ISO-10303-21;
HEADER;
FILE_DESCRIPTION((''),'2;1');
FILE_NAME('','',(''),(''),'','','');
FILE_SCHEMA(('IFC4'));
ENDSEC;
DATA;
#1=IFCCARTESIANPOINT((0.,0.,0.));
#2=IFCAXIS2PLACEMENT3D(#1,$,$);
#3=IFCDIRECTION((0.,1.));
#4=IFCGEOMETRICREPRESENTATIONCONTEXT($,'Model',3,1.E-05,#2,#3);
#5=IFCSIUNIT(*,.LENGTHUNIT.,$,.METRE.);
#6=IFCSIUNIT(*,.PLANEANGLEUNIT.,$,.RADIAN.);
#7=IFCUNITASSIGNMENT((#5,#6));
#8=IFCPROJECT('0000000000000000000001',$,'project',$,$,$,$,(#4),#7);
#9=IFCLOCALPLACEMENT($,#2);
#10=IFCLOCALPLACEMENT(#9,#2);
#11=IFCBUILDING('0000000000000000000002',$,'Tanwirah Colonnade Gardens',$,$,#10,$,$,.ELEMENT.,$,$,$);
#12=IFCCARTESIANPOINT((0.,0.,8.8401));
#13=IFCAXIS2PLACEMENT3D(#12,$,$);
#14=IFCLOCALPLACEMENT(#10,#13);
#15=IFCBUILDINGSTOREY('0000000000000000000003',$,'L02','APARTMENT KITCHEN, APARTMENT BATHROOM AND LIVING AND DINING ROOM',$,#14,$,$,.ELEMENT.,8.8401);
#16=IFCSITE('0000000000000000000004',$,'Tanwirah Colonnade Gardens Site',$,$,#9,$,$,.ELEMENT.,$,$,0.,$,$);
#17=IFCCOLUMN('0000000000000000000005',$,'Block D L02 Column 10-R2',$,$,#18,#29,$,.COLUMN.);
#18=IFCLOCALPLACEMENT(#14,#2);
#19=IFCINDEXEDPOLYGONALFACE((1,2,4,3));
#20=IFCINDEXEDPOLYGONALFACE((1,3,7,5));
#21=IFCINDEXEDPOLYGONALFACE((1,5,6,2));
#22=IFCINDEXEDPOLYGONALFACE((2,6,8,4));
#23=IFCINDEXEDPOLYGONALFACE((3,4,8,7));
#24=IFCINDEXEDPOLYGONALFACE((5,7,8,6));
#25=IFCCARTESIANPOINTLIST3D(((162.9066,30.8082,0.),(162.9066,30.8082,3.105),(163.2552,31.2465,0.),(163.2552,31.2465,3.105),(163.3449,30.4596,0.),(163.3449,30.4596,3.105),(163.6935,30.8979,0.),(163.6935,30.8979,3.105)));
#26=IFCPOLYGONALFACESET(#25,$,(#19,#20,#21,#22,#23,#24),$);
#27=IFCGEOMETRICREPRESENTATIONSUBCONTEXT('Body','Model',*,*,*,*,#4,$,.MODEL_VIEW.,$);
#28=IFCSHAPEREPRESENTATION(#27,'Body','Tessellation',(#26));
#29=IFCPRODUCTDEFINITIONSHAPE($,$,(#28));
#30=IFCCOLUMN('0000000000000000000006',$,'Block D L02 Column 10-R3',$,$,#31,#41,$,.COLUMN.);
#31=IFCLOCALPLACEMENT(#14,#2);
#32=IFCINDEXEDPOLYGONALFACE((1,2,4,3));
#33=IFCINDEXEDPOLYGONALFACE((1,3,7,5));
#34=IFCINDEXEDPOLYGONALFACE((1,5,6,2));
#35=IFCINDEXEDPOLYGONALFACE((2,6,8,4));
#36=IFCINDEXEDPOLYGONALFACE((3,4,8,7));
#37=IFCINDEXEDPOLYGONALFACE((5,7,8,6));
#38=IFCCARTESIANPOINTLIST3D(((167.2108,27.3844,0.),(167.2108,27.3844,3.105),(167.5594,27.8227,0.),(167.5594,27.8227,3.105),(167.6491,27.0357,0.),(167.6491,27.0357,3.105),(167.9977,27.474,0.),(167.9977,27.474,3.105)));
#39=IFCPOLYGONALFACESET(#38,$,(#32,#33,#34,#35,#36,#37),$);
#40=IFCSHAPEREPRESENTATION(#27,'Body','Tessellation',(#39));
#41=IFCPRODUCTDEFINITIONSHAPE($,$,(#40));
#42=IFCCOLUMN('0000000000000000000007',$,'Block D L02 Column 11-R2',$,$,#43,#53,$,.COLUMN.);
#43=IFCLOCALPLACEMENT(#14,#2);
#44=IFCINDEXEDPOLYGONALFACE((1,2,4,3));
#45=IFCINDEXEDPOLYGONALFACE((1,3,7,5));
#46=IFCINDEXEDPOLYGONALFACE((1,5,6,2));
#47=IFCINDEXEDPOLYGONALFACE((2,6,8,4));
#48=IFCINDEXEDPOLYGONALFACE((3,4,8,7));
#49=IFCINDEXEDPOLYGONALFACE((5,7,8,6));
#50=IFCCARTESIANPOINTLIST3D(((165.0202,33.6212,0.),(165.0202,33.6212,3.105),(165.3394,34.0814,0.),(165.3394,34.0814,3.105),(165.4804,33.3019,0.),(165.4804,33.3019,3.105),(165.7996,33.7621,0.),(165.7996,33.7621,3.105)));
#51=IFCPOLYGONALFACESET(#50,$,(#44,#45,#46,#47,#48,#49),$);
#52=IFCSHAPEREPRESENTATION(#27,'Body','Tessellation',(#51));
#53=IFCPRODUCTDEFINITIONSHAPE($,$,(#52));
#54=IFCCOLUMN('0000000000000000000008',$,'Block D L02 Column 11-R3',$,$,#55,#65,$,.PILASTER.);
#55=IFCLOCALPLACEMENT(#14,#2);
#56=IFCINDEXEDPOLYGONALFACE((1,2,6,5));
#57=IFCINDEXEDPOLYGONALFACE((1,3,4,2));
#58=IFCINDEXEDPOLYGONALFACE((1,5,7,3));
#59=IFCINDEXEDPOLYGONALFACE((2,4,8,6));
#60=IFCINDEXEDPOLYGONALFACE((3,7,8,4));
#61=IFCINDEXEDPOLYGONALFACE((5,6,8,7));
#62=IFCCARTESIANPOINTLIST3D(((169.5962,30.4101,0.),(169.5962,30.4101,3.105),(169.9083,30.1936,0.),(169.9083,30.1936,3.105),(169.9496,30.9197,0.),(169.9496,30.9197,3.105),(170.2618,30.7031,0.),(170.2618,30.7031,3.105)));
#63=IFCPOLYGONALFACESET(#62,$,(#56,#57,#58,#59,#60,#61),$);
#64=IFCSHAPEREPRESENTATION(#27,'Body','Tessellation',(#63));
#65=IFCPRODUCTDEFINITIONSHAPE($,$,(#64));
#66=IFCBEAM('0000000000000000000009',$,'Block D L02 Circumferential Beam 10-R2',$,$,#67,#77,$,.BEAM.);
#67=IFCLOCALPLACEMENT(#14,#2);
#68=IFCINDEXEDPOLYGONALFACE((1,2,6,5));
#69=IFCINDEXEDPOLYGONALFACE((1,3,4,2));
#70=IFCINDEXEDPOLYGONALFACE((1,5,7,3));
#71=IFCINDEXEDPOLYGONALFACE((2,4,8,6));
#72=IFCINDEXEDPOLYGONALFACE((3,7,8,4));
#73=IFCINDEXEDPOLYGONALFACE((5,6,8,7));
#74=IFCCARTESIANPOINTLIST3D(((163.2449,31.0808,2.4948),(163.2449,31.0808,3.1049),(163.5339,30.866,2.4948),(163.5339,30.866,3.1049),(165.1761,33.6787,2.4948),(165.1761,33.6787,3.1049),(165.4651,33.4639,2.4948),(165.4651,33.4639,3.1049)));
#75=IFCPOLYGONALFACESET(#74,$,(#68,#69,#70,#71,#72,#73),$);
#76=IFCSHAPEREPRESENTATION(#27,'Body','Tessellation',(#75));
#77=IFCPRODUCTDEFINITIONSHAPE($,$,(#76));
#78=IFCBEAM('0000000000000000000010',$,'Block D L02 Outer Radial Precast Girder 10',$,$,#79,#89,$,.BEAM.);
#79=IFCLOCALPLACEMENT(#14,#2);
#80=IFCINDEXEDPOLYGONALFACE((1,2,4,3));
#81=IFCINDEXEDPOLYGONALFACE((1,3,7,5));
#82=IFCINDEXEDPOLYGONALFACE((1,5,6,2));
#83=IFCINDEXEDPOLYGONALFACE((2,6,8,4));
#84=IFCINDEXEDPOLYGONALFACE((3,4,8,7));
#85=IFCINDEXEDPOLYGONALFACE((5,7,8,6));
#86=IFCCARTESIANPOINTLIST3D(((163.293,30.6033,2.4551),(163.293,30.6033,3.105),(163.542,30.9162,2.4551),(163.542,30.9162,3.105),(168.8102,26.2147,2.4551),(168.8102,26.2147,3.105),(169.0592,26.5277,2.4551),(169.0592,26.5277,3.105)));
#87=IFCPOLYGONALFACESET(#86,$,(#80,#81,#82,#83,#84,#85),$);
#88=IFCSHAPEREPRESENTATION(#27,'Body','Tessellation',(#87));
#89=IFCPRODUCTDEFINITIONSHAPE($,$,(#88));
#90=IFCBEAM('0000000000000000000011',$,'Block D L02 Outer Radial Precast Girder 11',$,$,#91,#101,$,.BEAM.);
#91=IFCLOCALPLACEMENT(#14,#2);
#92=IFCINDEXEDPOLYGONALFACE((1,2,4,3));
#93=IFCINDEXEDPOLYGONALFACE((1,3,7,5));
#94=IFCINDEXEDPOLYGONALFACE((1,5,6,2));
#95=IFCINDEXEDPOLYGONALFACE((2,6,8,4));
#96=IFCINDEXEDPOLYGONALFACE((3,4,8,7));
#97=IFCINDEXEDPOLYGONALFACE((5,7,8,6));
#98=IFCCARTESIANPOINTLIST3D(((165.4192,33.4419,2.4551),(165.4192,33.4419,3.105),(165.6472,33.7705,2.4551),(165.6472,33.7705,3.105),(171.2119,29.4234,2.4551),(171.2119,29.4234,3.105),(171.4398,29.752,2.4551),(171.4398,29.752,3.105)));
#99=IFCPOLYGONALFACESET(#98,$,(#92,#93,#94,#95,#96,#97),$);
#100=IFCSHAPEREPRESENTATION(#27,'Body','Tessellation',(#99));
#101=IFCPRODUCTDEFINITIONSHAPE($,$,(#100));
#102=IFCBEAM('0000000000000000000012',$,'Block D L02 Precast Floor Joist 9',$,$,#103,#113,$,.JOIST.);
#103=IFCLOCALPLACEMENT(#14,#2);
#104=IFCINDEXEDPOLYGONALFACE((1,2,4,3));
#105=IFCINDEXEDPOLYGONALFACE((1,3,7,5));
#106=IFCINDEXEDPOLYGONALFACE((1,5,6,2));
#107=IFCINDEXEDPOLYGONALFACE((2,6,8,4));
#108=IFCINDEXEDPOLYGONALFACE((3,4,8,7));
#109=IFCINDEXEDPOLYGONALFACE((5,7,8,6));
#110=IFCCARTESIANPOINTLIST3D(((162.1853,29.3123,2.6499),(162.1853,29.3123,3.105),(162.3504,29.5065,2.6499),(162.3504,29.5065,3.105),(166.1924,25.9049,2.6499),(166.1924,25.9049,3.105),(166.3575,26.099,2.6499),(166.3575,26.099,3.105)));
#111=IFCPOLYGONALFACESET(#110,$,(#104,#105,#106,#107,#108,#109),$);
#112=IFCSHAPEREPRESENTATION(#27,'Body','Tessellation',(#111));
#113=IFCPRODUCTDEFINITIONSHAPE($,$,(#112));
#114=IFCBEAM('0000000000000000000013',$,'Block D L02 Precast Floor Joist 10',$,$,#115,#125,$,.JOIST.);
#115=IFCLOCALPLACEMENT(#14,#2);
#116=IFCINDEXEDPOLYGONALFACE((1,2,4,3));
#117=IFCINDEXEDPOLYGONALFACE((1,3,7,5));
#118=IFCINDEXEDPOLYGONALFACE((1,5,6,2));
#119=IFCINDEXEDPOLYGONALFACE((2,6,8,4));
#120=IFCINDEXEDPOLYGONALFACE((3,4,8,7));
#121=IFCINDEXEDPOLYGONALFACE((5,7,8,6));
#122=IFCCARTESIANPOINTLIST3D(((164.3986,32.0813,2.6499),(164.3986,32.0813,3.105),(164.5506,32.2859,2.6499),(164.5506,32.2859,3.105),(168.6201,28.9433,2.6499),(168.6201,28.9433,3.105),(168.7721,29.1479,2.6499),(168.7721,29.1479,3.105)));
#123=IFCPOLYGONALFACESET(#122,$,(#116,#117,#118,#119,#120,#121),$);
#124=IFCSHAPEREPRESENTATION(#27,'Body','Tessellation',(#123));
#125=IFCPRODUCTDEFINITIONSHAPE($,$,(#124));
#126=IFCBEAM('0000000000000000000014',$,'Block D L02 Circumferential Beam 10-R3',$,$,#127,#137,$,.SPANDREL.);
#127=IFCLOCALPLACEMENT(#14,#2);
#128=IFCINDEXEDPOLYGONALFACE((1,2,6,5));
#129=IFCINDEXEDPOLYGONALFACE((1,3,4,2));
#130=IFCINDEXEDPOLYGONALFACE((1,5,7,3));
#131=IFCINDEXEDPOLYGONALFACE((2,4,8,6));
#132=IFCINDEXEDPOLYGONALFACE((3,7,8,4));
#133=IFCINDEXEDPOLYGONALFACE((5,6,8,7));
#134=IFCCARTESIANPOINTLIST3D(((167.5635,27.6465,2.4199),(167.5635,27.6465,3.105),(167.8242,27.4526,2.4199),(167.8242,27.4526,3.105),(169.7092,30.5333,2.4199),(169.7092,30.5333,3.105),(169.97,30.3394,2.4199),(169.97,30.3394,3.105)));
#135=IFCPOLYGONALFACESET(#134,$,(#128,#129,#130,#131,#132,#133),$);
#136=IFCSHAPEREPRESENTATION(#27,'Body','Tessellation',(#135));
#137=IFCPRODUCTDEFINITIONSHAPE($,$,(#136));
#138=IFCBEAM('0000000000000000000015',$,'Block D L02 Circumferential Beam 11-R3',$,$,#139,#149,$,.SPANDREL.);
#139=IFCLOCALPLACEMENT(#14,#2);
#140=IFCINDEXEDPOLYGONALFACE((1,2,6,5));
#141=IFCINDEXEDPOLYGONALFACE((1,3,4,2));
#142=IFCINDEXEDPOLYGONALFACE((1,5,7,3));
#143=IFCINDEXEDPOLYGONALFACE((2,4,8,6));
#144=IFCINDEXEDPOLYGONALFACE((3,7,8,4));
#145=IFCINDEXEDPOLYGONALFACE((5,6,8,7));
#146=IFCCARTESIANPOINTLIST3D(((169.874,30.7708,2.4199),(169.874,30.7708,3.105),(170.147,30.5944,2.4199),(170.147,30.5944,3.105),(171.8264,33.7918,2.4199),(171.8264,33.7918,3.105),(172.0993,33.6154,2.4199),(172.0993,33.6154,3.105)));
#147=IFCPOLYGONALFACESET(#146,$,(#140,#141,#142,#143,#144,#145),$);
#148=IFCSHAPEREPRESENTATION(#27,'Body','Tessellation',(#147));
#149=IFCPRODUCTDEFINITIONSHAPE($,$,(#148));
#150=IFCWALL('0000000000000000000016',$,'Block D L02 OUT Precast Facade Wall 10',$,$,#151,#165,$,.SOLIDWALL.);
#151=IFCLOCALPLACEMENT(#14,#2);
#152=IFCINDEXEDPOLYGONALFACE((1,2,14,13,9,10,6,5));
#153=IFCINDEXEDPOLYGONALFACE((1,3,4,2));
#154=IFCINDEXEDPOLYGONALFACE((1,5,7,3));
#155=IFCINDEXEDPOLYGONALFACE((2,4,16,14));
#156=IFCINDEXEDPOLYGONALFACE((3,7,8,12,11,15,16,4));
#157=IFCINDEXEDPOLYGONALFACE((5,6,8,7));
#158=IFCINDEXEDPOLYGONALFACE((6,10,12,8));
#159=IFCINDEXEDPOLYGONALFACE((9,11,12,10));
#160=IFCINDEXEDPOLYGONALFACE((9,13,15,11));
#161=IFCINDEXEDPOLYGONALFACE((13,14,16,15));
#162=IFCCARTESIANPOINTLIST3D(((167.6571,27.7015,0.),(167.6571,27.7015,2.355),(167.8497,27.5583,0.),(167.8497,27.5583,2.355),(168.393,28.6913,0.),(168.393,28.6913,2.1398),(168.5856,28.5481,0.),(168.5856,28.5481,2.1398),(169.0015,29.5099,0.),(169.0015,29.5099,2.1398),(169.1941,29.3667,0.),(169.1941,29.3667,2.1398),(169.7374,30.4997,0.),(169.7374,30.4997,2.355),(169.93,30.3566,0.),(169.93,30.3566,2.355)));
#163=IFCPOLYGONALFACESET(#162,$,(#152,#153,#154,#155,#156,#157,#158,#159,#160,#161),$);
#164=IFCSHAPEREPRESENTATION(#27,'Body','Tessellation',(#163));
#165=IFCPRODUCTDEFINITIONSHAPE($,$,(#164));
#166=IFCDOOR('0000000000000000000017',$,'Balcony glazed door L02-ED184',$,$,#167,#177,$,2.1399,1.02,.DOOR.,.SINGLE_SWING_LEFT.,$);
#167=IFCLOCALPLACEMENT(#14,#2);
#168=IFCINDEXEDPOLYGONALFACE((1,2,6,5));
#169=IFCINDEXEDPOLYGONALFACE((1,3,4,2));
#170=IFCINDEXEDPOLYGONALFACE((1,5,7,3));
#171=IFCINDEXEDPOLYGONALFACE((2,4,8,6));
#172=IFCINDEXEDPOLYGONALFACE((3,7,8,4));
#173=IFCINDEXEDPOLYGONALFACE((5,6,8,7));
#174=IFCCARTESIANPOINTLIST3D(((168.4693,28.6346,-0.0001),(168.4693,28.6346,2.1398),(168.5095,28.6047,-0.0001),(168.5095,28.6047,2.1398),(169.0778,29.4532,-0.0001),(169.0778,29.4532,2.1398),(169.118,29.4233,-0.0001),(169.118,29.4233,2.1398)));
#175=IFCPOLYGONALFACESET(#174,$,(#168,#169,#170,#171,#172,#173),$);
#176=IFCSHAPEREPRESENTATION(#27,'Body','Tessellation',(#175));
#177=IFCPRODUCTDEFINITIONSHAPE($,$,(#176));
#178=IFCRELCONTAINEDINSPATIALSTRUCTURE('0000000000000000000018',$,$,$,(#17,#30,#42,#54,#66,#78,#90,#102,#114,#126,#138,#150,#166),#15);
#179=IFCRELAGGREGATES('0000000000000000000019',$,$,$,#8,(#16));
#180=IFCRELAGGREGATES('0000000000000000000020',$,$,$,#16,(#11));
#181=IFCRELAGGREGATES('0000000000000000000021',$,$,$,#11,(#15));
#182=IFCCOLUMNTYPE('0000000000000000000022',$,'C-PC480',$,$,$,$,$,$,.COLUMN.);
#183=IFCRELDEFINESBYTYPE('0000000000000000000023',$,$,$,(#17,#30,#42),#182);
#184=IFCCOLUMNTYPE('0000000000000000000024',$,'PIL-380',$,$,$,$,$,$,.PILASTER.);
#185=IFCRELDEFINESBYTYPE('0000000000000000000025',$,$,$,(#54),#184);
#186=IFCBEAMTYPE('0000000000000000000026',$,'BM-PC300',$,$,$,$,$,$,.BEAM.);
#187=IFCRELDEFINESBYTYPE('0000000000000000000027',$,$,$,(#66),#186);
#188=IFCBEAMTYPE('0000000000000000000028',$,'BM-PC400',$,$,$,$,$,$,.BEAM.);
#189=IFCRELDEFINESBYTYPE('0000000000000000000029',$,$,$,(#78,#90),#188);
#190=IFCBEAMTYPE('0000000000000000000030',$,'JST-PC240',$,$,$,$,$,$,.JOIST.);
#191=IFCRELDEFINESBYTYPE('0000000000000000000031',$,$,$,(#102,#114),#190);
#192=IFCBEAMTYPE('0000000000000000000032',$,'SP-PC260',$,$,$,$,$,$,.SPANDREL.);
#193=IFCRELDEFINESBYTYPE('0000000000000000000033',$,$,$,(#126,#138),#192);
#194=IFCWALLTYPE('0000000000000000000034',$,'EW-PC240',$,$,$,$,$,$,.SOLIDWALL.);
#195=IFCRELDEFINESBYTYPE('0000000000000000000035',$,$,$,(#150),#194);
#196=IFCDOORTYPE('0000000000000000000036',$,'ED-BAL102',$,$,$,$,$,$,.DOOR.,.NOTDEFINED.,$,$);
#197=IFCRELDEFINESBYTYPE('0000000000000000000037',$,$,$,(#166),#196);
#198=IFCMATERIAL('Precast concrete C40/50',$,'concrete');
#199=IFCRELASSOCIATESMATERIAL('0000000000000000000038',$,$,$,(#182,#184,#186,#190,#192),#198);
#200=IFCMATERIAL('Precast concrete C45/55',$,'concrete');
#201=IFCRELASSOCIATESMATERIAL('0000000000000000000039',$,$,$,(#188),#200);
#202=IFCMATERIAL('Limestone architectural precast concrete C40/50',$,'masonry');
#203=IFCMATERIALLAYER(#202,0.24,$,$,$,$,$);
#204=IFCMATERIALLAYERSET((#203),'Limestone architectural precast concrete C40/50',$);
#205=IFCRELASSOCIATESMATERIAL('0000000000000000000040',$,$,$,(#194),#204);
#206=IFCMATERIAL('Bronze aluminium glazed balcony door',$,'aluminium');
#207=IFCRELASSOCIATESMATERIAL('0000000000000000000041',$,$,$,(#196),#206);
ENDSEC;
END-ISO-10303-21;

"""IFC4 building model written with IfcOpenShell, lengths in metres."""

from ifc_helpers import new_model, si_unit, direction, frame, frame_2d, origin, origin_2d, place, context, subcontext, project, spatial, rectangle, extrude, material, layer, layer_set, material_profile, profile_set, type_object, element, fill, save


model = new_model("IFC4")

# Units and contexts
model_context = context("Model", 3, precision=1e-05, world=origin(), true_north=direction((0.0, 1.0)))
body_context = subcontext(model_context, "Body", "Model", "MODEL_VIEW")
ifc_project = project(units=[si_unit("LENGTHUNIT", "METRE"), si_unit("PLANEANGLEUNIT", "RADIAN")], contexts=[model_context])

# Site, building, storey
site_placement = place(None, origin())
site = spatial("IfcSite", under=ifc_project, at=site_placement, Name="Tanwirah Colonnade Gardens Site", CompositionType="ELEMENT", RefElevation=0.0)
building_placement = place(site_placement, origin())
building = spatial("IfcBuilding", under=site, at=building_placement, Name="Tanwirah Colonnade Gardens", CompositionType="ELEMENT")
storey_placement = place(building_placement, frame((0.0, 0.0, 8.8401)))
storey = spatial("IfcBuildingStorey", under=building, at=storey_placement, Name="L02", Description="APARTMENT KITCHEN, APARTMENT BATHROOM AND LIVING AND DINING ROOM", CompositionType="ELEMENT", Elevation=8.8401)

# Columns
ifc_material_1 = material(Name="Precast concrete C40/50", Category="concrete")
ifc_material_profile_1 = material_profile(ifc_material_1, rectangle(XDim=0.5601, YDim=0.5601, at=origin_2d()), Name="PC-COL 560x560")
ifc_profile_set_1 = profile_set([ifc_material_profile_1], Name="Precast concrete C40/50")
column_type_1 = type_object("IfcColumnType", Name="C-PC480", PredefinedType="COLUMN", material=ifc_profile_set_1)
for number, where, z_axis, x_axis, name in (
    (1, (163.3, 30.853, 0.0), (0.0, 0.0, 1.0), (0.782608, -0.622515, 0.0), "Block D L02 Column 10-R2"),
    (2, (167.6042, 27.4292, 0.0), (0.0, 0.0, 1.0), (0.782608, -0.622515, 0.0), "Block D L02 Column 10-R3"),
    (3, (165.4099, 33.6917, 0.0), (0.0, 0.0, 1.0), (0.821647, -0.569997, 0.0), "Block D L02 Column 11-R2"),
):
    element("IfcColumn", number, at=place(storey_placement, frame(where, z_axis=z_axis, x_axis=x_axis)), inside=storey, type_object=column_type_1, Name=name, PredefinedType="COLUMN", context=body_context, shape_type="SweptSolid", body=[
        extrude(rectangle(XDim=0.5601, YDim=0.5601, at=origin_2d()), origin(), (0.0, 0.0, 1.0), 3.105),
    ])
ifc_material_profile_2 = material_profile(ifc_material_1, rectangle(XDim=0.3799, YDim=0.6201, at=origin_2d()), Name="PC-PIL 380x620")
ifc_profile_set_2 = profile_set([ifc_material_profile_2], Name="Precast concrete C40/50")
column_type_2 = type_object("IfcColumnType", Name="PIL-380", PredefinedType="PILASTER", material=ifc_profile_set_2)
column_placement = place(storey_placement, frame((169.929, 30.5566, 0.0), z_axis=(0.0, 0.0, 1.0), x_axis=(0.821647, -0.569997, 0.0)))
element("IfcColumn", 4, at=column_placement, inside=storey, type_object=column_type_2, Name="Block D L02 Column 11-R3", PredefinedType="PILASTER", context=body_context, shape_type="SweptSolid", body=[
    extrude(rectangle(XDim=0.3799, YDim=0.6201, at=origin_2d()), origin(), (0.0, 0.0, 1.0), 3.105),
])

# Beams
ifc_material_profile_3 = material_profile(ifc_material_1, rectangle(XDim=0.3601, YDim=0.6101, at=origin_2d()), Name="PC-BM 360x610")
ifc_profile_set_3 = profile_set([ifc_material_profile_3], Name="Precast concrete C40/50")
beam_type_1 = type_object("IfcBeamType", Name="BM-PC300", PredefinedType="BEAM", material=ifc_profile_set_3)
beam_1_placement = place(storey_placement, frame((163.3894, 30.9734, 2.7998), z_axis=(0.596579, 0.802554, 0.0), x_axis=(-0.802554, 0.596579, 0.0)))
element("IfcBeam", 5, at=beam_1_placement, inside=storey, type_object=beam_type_1, Name="Block D L02 Circumferential Beam 10-R2", PredefinedType="BEAM", context=body_context, shape_type="SweptSolid", body=[
    extrude(rectangle(XDim=0.3601, YDim=0.6101, at=origin_2d()), origin(), (0.0, 0.0, 1.0), 3.2371),
])
ifc_material_2 = material(Name="Precast concrete C45/55", Category="concrete")
ifc_material_profile_4 = material_profile(ifc_material_2, rectangle(XDim=0.3999, YDim=0.6499, at=origin_2d()), Name="PC-BM 400x650")
ifc_profile_set_4 = profile_set([ifc_material_profile_4], Name="Precast concrete C45/55")
beam_type_2 = type_object("IfcBeamType", Name="BM-PC400", PredefinedType="BEAM", material=ifc_profile_set_4)
beam_2_placement = place(storey_placement, frame((163.4175, 30.7598, 2.78), z_axis=(0.782609, -0.622513, 0.0), x_axis=(0.622513, 0.782609, 0.0)))
element("IfcBeam", 6, at=beam_2_placement, inside=storey, type_object=beam_type_2, Name="Block D L02 Outer Radial Precast Girder 10", PredefinedType="BEAM", context=body_context, shape_type="SweptSolid", body=[
    extrude(rectangle(XDim=0.3999, YDim=0.6499, at=origin_2d()), origin(), (0.0, 0.0, 1.0), 7.0498),
])
beam_3_placement = place(storey_placement, frame((165.5332, 33.6062, 2.78), z_axis=(0.821647, -0.569997, 0.0), x_axis=(0.569997, 0.821647, 0.0)))
element("IfcBeam", 7, at=beam_3_placement, inside=storey, type_object=beam_type_2, Name="Block D L02 Outer Radial Precast Girder 11", PredefinedType="BEAM", context=body_context, shape_type="SweptSolid", body=[
    extrude(rectangle(XDim=0.3999, YDim=0.6499, at=origin_2d()), origin(), (0.0, 0.0, 1.0), 7.05),
])
ifc_material_profile_5 = material_profile(ifc_material_1, rectangle(XDim=0.2549, YDim=0.4551, at=origin_2d()), Name="PC-JST 255x455")
ifc_profile_set_5 = profile_set([ifc_material_profile_5], Name="Precast concrete C40/50")
beam_type_3 = type_object("IfcBeamType", Name="JST-PC240", PredefinedType="JOIST", material=ifc_profile_set_5)
for number, where, z_axis, x_axis, name in (
    (8, (162.2678, 29.4094, 2.8774), (0.761803, -0.647809, 0.0), (0.647809, 0.761803, 0.0), "Block D L02 Precast Floor Joist 9"),
    (9, (164.4746, 32.1836, 2.8774), (0.80256, -0.596571, 0.0), (0.596571, 0.80256, 0.0), "Block D L02 Precast Floor Joist 10"),
):
    element("IfcBeam", number, at=place(storey_placement, frame(where, z_axis=z_axis, x_axis=x_axis)), inside=storey, type_object=beam_type_3, Name=name, PredefinedType="JOIST", context=body_context, shape_type="SweptSolid", body=[
        extrude(rectangle(XDim=0.2549, YDim=0.4551, at=origin_2d()), origin(), (0.0, 0.0, 1.0), 5.26),
    ])
ifc_material_profile_6 = material_profile(ifc_material_1, rectangle(XDim=0.325, YDim=0.6851, at=origin_2d()), Name="PC-SP 325x685")
ifc_profile_set_6 = profile_set([ifc_material_profile_6], Name="Precast concrete C40/50")
beam_type_4 = type_object("IfcBeamType", Name="SP-PC260", PredefinedType="SPANDREL", material=ifc_profile_set_6)
for number, where, z_axis, x_axis, name in (
    (10, (167.6938, 27.5496, 2.7625), (0.596563, 0.802566, 0.0), (-0.802566, 0.596563, 0.0), "Block D L02 Circumferential Beam 10-R3"),
    (11, (170.0105, 30.6826, 2.7625), (0.542787, 0.83987, 0.0), (-0.83987, 0.542787, 0.0), "Block D L02 Circumferential Beam 11-R3"),
):
    element("IfcBeam", number, at=place(storey_placement, frame(where, z_axis=z_axis, x_axis=x_axis)), inside=storey, type_object=beam_type_4, Name=name, PredefinedType="SPANDREL", context=body_context, shape_type="SweptSolid", body=[
        extrude(rectangle(XDim=0.325, YDim=0.6851, at=origin_2d()), origin(), (0.0, 0.0, 1.0), 3.5969),
    ])

# Wall, opening, door
ifc_material_3 = material(Name="Limestone architectural precast concrete C40/50", Category="masonry")
ifc_layer_1 = layer(ifc_material_3, 0.24)
ifc_layer_set_1 = layer_set([ifc_layer_1], Name="Limestone architectural precast concrete C40/50")
wall_type_1 = type_object("IfcWallType", Name="EW-PC240", PredefinedType="SOLIDWALL", material=ifc_layer_set_1)
wall_1_placement = place(storey_placement, frame((167.7534, 27.6299, 0.0), z_axis=(0.0, 0.0, 1.0), x_axis=(0.596611, 0.80253, 0.0)))
wall_1 = element("IfcWall", 12, at=wall_1_placement, inside=storey, type_object=wall_type_1, Name="Block D L02 OUT Precast Facade Wall 10", PredefinedType="SOLIDWALL", context=body_context, shape_type="SweptSolid", body=[
    extrude(rectangle(XDim=3.4868, YDim=0.24, at=frame_2d((1.7434, 0.0))), origin(), (0.0, 0.0, 1.0), 2.355),
])
opening_1_placement = place(wall_1_placement, frame((1.2334, 0.0, 0.0)))
opening_1 = element("IfcOpeningElement", 13, at=opening_1_placement, cuts=wall_1, PredefinedType="OPENING", context=body_context, shape_type="SweptSolid", body=[
    extrude(rectangle(XDim=1.02, YDim=2.1399, at=frame_2d((0.51, 1.0698))), frame((0.0, 0.1299, 0.0), z_axis=(0.0, -1.0, 0.0), x_axis=(1.0, 0.0, 0.0)), (0.0, 0.0, 1.0), 0.26),
])
ifc_material_4 = material(Name="Bronze aluminium glazed balcony door", Category="aluminium")
door_type_1 = type_object("IfcDoorType", Name="ED-BAL102", OperationType="NOTDEFINED", PredefinedType="DOOR", material=ifc_material_4)
door_1_placement = place(opening_1_placement, origin())
door_1 = element("IfcDoor", 14, at=door_1_placement, inside=storey, type_object=door_type_1, Name="Balcony glazed door L02-ED184", OperationType="SINGLE_SWING_LEFT", OverallHeight=2.1399, OverallWidth=1.02, PredefinedType="DOOR", context=body_context, shape_type="SweptSolid", body=[
    extrude(rectangle(XDim=1.02, YDim=2.1399, at=frame_2d((0.51, 1.0698))), frame((0.0, 0.0249, 0.0), z_axis=(0.0, -1.0, 0.0), x_axis=(1.0, 0.0, 0.0)), (0.0, 0.0, 1.0), 0.05),
])
fill(opening_1, door_1)

save(model, "model.ifc")
